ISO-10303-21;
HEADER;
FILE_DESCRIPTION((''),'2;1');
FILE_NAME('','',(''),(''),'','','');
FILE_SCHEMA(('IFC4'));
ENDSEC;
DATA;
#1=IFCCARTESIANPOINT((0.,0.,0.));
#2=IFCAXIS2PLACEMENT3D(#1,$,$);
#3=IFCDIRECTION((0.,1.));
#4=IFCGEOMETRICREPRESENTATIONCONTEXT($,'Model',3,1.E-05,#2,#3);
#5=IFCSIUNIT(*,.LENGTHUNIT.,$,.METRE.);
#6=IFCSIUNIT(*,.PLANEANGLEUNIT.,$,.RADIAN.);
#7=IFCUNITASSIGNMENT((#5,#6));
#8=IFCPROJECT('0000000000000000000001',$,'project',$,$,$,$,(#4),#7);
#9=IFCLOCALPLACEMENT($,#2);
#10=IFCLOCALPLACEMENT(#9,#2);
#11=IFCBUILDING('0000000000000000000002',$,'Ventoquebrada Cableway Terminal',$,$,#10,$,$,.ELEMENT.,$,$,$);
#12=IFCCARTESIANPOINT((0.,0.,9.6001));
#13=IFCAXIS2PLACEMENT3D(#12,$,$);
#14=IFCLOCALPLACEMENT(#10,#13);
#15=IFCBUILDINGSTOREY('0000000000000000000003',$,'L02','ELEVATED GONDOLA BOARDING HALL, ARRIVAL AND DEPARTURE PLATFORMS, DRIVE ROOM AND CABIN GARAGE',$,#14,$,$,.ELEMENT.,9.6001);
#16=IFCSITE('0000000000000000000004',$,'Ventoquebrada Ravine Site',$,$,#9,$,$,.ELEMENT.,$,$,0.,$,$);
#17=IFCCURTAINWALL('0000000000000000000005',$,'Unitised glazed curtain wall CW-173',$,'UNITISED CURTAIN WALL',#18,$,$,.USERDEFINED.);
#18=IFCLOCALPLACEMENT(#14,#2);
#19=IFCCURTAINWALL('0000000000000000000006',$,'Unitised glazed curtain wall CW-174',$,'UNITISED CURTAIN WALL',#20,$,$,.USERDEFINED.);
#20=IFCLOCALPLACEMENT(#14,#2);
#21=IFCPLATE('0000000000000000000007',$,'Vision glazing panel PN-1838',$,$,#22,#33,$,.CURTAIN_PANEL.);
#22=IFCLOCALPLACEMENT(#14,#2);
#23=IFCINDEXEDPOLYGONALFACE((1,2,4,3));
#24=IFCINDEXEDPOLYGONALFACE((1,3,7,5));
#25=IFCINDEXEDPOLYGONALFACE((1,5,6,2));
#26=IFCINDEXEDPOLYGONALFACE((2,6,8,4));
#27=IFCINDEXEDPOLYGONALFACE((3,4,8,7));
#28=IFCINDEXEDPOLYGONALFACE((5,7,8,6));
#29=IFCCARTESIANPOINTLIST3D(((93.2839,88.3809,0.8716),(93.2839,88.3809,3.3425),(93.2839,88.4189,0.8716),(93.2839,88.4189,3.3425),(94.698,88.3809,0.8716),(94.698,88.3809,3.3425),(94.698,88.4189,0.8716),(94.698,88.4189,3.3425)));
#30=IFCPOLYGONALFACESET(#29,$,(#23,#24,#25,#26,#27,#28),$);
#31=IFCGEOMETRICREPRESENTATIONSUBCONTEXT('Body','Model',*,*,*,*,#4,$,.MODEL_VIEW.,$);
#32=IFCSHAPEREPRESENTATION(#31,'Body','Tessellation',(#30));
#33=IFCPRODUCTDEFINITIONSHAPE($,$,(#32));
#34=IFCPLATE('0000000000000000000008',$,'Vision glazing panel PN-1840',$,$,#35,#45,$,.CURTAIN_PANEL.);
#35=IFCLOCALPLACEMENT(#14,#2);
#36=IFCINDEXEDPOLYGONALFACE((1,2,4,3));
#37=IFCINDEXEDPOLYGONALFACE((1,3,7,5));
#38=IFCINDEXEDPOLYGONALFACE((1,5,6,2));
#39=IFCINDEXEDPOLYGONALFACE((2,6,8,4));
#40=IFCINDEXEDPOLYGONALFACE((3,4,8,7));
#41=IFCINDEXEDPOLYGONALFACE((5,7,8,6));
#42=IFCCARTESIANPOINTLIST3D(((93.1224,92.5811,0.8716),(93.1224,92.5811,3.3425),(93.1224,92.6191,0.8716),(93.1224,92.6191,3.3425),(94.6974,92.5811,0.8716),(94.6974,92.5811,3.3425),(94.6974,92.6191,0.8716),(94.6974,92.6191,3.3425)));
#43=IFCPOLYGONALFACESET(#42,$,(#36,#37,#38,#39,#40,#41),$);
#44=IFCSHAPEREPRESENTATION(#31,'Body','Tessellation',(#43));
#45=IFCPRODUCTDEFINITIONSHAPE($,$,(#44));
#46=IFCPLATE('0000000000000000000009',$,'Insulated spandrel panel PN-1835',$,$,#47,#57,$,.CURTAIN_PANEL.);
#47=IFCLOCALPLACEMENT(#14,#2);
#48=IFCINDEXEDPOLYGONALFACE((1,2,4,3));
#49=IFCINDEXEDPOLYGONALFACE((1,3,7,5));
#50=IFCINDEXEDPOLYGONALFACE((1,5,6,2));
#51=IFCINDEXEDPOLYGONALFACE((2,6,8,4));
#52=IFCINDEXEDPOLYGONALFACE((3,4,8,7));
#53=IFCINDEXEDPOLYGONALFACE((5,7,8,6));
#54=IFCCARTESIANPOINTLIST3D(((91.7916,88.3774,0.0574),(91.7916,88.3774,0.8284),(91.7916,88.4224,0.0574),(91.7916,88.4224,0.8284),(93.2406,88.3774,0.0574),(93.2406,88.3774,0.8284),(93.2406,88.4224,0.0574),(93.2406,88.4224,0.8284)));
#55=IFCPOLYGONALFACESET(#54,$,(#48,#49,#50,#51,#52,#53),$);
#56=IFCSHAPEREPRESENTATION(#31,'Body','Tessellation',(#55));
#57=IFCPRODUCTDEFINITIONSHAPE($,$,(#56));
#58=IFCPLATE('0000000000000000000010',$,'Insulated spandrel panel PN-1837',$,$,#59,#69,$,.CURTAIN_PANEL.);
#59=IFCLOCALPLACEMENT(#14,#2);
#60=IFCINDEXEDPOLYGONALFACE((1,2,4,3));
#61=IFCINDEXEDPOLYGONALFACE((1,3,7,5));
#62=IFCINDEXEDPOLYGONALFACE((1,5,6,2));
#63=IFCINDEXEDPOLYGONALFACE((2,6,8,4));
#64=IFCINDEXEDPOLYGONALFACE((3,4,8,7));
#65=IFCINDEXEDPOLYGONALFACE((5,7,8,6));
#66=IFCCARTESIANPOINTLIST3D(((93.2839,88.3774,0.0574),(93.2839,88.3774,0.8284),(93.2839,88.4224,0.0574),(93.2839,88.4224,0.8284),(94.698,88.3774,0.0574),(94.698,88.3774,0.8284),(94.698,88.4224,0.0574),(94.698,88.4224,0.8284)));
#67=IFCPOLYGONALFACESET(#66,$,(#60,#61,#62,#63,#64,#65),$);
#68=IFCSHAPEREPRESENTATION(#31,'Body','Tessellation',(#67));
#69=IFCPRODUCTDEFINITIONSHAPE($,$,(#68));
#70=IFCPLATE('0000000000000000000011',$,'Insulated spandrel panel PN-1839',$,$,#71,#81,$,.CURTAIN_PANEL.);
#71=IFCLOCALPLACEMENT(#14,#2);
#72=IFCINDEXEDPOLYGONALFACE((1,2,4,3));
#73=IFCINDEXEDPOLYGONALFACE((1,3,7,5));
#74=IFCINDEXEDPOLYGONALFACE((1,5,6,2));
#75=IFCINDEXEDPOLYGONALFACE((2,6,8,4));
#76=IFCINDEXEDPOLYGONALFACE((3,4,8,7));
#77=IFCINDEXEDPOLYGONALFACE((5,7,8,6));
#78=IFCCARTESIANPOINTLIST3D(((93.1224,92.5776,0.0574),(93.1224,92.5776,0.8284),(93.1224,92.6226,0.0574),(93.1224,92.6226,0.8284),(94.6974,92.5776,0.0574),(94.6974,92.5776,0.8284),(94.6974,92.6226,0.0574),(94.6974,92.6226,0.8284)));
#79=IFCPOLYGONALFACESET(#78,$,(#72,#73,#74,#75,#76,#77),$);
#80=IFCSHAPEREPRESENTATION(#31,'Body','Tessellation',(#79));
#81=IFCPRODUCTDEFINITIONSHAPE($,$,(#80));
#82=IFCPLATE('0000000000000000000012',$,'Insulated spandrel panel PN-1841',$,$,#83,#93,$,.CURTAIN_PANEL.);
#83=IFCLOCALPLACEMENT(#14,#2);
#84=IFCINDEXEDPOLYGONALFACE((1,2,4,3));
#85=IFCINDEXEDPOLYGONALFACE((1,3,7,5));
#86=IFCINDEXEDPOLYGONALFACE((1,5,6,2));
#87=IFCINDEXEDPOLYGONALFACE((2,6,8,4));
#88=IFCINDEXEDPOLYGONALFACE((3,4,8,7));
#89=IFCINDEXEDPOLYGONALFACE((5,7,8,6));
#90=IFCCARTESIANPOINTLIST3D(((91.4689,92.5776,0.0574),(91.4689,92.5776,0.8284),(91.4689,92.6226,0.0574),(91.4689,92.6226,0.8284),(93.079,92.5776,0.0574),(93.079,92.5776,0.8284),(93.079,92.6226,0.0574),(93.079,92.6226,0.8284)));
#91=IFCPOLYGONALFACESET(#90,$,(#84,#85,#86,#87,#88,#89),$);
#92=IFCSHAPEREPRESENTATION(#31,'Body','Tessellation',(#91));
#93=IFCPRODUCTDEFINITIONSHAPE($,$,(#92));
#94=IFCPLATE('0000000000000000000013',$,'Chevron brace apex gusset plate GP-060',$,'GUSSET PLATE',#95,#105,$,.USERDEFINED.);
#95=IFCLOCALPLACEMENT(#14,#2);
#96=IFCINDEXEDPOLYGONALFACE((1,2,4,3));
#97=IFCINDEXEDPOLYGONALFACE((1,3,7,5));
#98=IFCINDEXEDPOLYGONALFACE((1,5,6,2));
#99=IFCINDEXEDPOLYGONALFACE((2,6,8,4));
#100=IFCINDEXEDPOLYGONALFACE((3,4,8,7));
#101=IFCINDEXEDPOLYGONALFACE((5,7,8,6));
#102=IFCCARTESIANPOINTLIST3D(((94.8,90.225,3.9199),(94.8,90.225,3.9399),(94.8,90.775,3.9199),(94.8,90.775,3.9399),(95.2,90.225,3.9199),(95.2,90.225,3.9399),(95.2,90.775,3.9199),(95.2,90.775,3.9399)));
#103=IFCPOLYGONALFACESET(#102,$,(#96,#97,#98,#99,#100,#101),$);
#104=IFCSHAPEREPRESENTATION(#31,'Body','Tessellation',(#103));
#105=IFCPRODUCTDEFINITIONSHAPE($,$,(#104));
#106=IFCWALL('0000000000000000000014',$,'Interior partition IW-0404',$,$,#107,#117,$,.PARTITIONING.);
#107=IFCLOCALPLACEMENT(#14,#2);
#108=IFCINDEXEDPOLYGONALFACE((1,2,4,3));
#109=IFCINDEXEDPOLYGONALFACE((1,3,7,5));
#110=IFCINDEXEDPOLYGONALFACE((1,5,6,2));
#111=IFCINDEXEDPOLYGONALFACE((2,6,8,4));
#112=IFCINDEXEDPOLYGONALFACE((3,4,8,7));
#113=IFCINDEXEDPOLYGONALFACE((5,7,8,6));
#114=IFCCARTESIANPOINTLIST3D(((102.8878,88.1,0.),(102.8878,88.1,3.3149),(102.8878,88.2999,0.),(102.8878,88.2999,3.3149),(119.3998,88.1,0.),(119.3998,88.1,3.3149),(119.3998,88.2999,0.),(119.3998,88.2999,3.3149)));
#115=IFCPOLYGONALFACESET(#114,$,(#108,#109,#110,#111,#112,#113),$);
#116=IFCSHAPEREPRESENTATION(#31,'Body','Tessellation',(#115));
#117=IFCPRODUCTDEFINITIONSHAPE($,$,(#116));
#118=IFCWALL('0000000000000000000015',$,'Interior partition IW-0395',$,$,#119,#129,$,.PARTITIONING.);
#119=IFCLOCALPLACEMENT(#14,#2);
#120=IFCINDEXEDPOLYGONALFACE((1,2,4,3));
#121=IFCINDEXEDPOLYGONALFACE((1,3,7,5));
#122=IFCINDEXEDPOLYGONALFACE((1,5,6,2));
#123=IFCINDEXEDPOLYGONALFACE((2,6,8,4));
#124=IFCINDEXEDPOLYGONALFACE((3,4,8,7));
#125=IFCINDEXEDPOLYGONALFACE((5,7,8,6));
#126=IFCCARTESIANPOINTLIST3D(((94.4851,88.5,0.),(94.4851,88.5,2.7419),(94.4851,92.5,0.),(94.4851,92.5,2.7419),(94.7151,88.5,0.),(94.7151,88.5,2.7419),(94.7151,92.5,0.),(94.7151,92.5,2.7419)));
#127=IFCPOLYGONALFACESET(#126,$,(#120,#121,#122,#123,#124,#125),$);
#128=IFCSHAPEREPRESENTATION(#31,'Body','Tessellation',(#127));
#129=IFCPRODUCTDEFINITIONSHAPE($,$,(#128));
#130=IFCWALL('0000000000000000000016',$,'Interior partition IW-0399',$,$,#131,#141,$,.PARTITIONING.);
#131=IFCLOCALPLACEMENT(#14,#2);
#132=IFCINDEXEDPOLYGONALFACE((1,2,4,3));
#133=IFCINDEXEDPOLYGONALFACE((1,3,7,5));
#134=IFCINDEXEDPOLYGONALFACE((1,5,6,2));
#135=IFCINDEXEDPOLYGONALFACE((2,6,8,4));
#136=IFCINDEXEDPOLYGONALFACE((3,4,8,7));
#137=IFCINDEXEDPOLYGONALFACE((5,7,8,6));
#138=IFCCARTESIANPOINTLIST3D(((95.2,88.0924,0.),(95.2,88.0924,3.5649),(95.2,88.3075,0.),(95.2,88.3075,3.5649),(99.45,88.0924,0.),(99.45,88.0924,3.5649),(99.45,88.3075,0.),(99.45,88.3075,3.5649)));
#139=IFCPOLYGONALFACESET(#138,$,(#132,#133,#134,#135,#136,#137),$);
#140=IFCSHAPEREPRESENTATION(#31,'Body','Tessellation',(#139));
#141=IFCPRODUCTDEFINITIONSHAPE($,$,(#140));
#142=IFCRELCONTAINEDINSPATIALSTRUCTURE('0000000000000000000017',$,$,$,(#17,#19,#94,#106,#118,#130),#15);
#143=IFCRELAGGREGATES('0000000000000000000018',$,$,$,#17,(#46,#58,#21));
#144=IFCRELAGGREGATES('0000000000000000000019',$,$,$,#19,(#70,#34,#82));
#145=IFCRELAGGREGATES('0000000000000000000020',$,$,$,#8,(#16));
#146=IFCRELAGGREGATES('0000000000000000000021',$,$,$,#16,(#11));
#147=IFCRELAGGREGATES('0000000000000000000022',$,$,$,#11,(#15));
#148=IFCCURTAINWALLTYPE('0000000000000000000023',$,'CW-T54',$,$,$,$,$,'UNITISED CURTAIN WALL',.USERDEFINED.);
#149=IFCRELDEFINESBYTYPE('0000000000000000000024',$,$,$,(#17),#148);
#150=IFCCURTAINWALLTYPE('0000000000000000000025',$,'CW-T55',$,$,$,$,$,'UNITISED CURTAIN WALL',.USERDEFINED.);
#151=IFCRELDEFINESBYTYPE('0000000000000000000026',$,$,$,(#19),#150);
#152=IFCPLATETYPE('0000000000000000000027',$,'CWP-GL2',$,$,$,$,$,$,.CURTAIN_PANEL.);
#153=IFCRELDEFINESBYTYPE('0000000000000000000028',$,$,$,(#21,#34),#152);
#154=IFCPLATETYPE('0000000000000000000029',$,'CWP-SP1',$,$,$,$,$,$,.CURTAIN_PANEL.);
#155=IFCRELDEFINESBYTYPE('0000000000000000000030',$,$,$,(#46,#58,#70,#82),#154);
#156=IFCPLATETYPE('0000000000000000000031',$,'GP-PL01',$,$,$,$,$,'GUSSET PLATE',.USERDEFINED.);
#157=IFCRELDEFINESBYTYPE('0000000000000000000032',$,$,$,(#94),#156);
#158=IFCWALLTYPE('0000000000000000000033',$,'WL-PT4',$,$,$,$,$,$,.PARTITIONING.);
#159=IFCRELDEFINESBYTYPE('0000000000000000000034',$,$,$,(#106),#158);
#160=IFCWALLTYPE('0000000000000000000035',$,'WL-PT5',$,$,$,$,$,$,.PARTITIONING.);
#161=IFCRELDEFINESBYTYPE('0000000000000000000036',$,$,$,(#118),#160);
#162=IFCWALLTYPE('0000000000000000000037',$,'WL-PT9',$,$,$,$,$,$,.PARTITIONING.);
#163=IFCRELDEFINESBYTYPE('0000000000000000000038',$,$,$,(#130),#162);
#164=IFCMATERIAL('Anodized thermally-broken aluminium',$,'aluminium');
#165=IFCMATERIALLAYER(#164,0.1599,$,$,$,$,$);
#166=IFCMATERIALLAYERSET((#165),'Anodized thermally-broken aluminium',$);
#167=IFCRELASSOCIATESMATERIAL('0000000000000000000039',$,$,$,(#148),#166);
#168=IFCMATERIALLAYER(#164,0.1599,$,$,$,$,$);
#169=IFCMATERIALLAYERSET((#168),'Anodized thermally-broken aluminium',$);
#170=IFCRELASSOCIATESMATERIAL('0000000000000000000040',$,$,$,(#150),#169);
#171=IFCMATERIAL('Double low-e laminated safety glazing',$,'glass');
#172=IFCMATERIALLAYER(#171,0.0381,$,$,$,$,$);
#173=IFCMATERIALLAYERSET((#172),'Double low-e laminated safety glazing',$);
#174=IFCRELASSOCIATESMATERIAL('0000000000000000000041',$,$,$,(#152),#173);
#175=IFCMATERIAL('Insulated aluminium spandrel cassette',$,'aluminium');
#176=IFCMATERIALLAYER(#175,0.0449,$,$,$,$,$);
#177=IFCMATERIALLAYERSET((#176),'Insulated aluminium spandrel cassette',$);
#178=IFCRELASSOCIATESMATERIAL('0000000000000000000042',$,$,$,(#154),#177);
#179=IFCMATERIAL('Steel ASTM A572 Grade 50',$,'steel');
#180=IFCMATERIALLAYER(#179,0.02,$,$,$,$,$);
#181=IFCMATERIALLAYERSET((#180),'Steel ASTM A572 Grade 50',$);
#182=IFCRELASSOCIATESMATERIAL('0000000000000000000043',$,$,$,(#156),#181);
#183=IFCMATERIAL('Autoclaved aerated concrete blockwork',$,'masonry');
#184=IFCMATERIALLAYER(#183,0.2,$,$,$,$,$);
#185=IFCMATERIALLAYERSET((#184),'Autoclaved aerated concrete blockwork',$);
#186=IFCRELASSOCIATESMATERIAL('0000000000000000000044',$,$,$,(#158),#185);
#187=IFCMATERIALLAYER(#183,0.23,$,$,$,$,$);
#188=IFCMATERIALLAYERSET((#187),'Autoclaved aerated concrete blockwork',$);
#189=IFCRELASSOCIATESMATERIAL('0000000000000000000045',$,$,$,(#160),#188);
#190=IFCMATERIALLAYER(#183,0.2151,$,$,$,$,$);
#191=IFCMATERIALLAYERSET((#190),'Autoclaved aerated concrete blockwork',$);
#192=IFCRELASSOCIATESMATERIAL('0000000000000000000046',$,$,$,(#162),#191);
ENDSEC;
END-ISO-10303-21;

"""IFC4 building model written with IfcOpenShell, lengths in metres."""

from ifc_helpers import new_model, si_unit, direction, frame, frame_2d, origin, origin_2d, place, context, subcontext, project, spatial, rectangle, extrude, material, layer, layer_set, type_object, element, aggregate, save


model = new_model("IFC4")

# Units and contexts
model_context = context("Model", 3, precision=1e-05, world=origin(), true_north=direction((0.0, 1.0)))
body_context = subcontext(model_context, "Body", "Model", "MODEL_VIEW")
ifc_project = project(units=[si_unit("LENGTHUNIT", "METRE"), si_unit("PLANEANGLEUNIT", "RADIAN")], contexts=[model_context])

# Site, building, storey
site_placement = place(None, origin())
site = spatial("IfcSite", under=ifc_project, at=site_placement, Name="Ventoquebrada Ravine Site", CompositionType="ELEMENT", RefElevation=0.0)
building_placement = place(site_placement, origin())
building = spatial("IfcBuilding", under=site, at=building_placement, Name="Ventoquebrada Cableway Terminal", CompositionType="ELEMENT")
storey_placement = place(building_placement, frame((0.0, 0.0, 9.6001)))
storey = spatial("IfcBuildingStorey", under=building, at=storey_placement, Name="L02", Description="ELEVATED GONDOLA BOARDING HALL, ARRIVAL AND DEPARTURE PLATFORMS, DRIVE ROOM AND CABIN GARAGE", CompositionType="ELEMENT", Elevation=9.6001)

# Curtain walls
ifc_material_1 = material(Name="Anodized thermally-broken aluminium", Category="aluminium")
ifc_layer_1 = layer(ifc_material_1, 0.1599)
ifc_layer_set_1 = layer_set([ifc_layer_1], Name="Anodized thermally-broken aluminium")
curtain_wall_type_1 = type_object("IfcCurtainWallType", Name="CW-T54", ElementType="UNITISED CURTAIN WALL", PredefinedType="USERDEFINED", material=ifc_layer_set_1)
curtain_wall_1_placement = place(storey_placement, origin())
curtain_wall_1 = element("IfcCurtainWall", 1, at=curtain_wall_1_placement, inside=storey, type_object=curtain_wall_type_1, Name="Unitised glazed curtain wall CW-173", ObjectType="UNITISED CURTAIN WALL", PredefinedType="USERDEFINED")
ifc_layer_2 = layer(ifc_material_1, 0.1599)
ifc_layer_set_2 = layer_set([ifc_layer_2], Name="Anodized thermally-broken aluminium")
curtain_wall_type_2 = type_object("IfcCurtainWallType", Name="CW-T55", ElementType="UNITISED CURTAIN WALL", PredefinedType="USERDEFINED", material=ifc_layer_set_2)
curtain_wall_2_placement = place(storey_placement, origin())
curtain_wall_2 = element("IfcCurtainWall", 2, at=curtain_wall_2_placement, inside=storey, type_object=curtain_wall_type_2, Name="Unitised glazed curtain wall CW-174", ObjectType="UNITISED CURTAIN WALL", PredefinedType="USERDEFINED")

# Plates
ifc_material_2 = material(Name="Double low-e laminated safety glazing", Category="glass")
ifc_layer_3 = layer(ifc_material_2, 0.0381)
ifc_layer_set_3 = layer_set([ifc_layer_3], Name="Double low-e laminated safety glazing")
plate_type_1 = type_object("IfcPlateType", Name="CWP-GL2", PredefinedType="CURTAIN_PANEL", material=ifc_layer_set_3)
plate_1_placement = place(storey_placement, frame((93.991, 88.3999, 0.8716), z_axis=(0.0, 0.0, 1.0), x_axis=(1.0, 0.0, 0.0)))
plate_1 = element("IfcPlate", 3, at=plate_1_placement, type_object=plate_type_1, Name="Vision glazing panel PN-1838", PredefinedType="CURTAIN_PANEL", context=body_context, shape_type="SweptSolid", body=[
    extrude(rectangle(XDim=1.4141, YDim=0.0381, at=origin_2d()), origin(), (0.0, 0.0, 1.0), 2.4709),
])
plate_2_placement = place(storey_placement, frame((93.9099, 92.6001, 0.8716), z_axis=(0.0, 0.0, 1.0), x_axis=(-1.0, 0.0, 0.0)))
plate_2 = element("IfcPlate", 4, at=plate_2_placement, type_object=plate_type_1, Name="Vision glazing panel PN-1840", PredefinedType="CURTAIN_PANEL", context=body_context, shape_type="SweptSolid", body=[
    extrude(rectangle(XDim=1.575, YDim=0.0381, at=origin_2d()), origin(), (0.0, 0.0, 1.0), 2.4709),
])
ifc_material_3 = material(Name="Insulated aluminium spandrel cassette", Category="aluminium")
ifc_layer_4 = layer(ifc_material_3, 0.0449)
ifc_layer_set_4 = layer_set([ifc_layer_4], Name="Insulated aluminium spandrel cassette")
plate_type_2 = type_object("IfcPlateType", Name="CWP-SP1", PredefinedType="CURTAIN_PANEL", material=ifc_layer_set_4)
plate_3_placement = place(storey_placement, frame((92.5161, 88.3999, 0.0574), z_axis=(0.0, 0.0, 1.0), x_axis=(1.0, 0.0, 0.0)))
plate_3 = element("IfcPlate", 5, at=plate_3_placement, type_object=plate_type_2, Name="Insulated spandrel panel PN-1835", PredefinedType="CURTAIN_PANEL", context=body_context, shape_type="SweptSolid", body=[
    extrude(rectangle(XDim=1.449, YDim=0.0449, at=origin_2d()), origin(), (0.0, 0.0, 1.0), 0.771),
])
plate_4_placement = place(storey_placement, frame((93.991, 88.3999, 0.0574), z_axis=(0.0, 0.0, 1.0), x_axis=(1.0, 0.0, 0.0)))
plate_4 = element("IfcPlate", 6, at=plate_4_placement, type_object=plate_type_2, Name="Insulated spandrel panel PN-1837", PredefinedType="CURTAIN_PANEL", context=body_context, shape_type="SweptSolid", body=[
    extrude(rectangle(XDim=1.4141, YDim=0.0449, at=origin_2d()), origin(), (0.0, 0.0, 1.0), 0.771),
])
aggregate(curtain_wall_1, [plate_3, plate_4, plate_1])
plate_5_placement = place(storey_placement, frame((93.9099, 92.6001, 0.0574), z_axis=(0.0, 0.0, 1.0), x_axis=(-1.0, 0.0, 0.0)))
plate_5 = element("IfcPlate", 7, at=plate_5_placement, type_object=plate_type_2, Name="Insulated spandrel panel PN-1839", PredefinedType="CURTAIN_PANEL", context=body_context, shape_type="SweptSolid", body=[
    extrude(rectangle(XDim=1.575, YDim=0.0449, at=origin_2d()), origin(), (0.0, 0.0, 1.0), 0.771),
])
plate_6_placement = place(storey_placement, frame((92.2739, 92.6001, 0.0574), z_axis=(0.0, 0.0, 1.0), x_axis=(-1.0, 0.0, 0.0)))
plate_6 = element("IfcPlate", 8, at=plate_6_placement, type_object=plate_type_2, Name="Insulated spandrel panel PN-1841", PredefinedType="CURTAIN_PANEL", context=body_context, shape_type="SweptSolid", body=[
    extrude(rectangle(XDim=1.6101, YDim=0.0449, at=origin_2d()), origin(), (0.0, 0.0, 1.0), 0.771),
])
aggregate(curtain_wall_2, [plate_5, plate_2, plate_6])
ifc_material_4 = material(Name="Steel ASTM A572 Grade 50", Category="steel")
ifc_layer_5 = layer(ifc_material_4, 0.02)
ifc_layer_set_5 = layer_set([ifc_layer_5], Name="Steel ASTM A572 Grade 50")
plate_type_3 = type_object("IfcPlateType", Name="GP-PL01", ElementType="GUSSET PLATE", PredefinedType="USERDEFINED", material=ifc_layer_set_5)
plate_7_placement = place(storey_placement, frame((95.0, 90.5, 3.9199), z_axis=(0.0, 0.0, 1.0), x_axis=(0.0, 1.0, 0.0)))
element("IfcPlate", 9, at=plate_7_placement, inside=storey, type_object=plate_type_3, Name="Chevron brace apex gusset plate GP-060", ObjectType="GUSSET PLATE", PredefinedType="USERDEFINED", context=body_context, shape_type="SweptSolid", body=[
    extrude(rectangle(XDim=0.55, YDim=0.3999, at=origin_2d()), origin(), (0.0, 0.0, 1.0), 0.02),
])

# Walls
ifc_material_5 = material(Name="Autoclaved aerated concrete blockwork", Category="masonry")
ifc_layer_6 = layer(ifc_material_5, 0.2)
ifc_layer_set_6 = layer_set([ifc_layer_6], Name="Autoclaved aerated concrete blockwork")
wall_type_1 = type_object("IfcWallType", Name="WL-PT4", PredefinedType="PARTITIONING", material=ifc_layer_set_6)
wall_1_placement = place(storey_placement, frame((102.8879, 88.2, 0.0), z_axis=(0.0, 0.0, 1.0), x_axis=(1.0, 0.0, 0.0)))
element("IfcWall", 10, at=wall_1_placement, inside=storey, type_object=wall_type_1, Name="Interior partition IW-0404", PredefinedType="PARTITIONING", context=body_context, shape_type="SweptSolid", body=[
    extrude(rectangle(XDim=16.512, YDim=0.2, at=frame_2d((8.2559, 0.0))), origin(), (0.0, 0.0, 1.0), 3.3149),
])
ifc_layer_7 = layer(ifc_material_5, 0.23)
ifc_layer_set_7 = layer_set([ifc_layer_7], Name="Autoclaved aerated concrete blockwork")
wall_type_2 = type_object("IfcWallType", Name="WL-PT5", PredefinedType="PARTITIONING", material=ifc_layer_set_7)
wall_2_placement = place(storey_placement, frame((94.6001, 88.5, 0.0), z_axis=(0.0, 0.0, 1.0), x_axis=(0.0, 1.0, 0.0)))
element("IfcWall", 11, at=wall_2_placement, inside=storey, type_object=wall_type_2, Name="Interior partition IW-0395", PredefinedType="PARTITIONING", context=body_context, shape_type="SweptSolid", body=[
    extrude(rectangle(XDim=4.0, YDim=0.23, at=frame_2d((2.0, 0.0))), origin(), (0.0, 0.0, 1.0), 2.7419),
])
ifc_layer_8 = layer(ifc_material_5, 0.2151)
ifc_layer_set_8 = layer_set([ifc_layer_8], Name="Autoclaved aerated concrete blockwork")
wall_type_3 = type_object("IfcWallType", Name="WL-PT9", PredefinedType="PARTITIONING", material=ifc_layer_set_8)
wall_3_placement = place(storey_placement, frame((95.2, 88.2, 0.0), z_axis=(0.0, 0.0, 1.0), x_axis=(1.0, 0.0, 0.0)))
element("IfcWall", 12, at=wall_3_placement, inside=storey, type_object=wall_type_3, Name="Interior partition IW-0399", PredefinedType="PARTITIONING", context=body_context, shape_type="SweptSolid", body=[
    extrude(rectangle(XDim=4.25, YDim=0.2151, at=frame_2d((2.125, 0.0))), origin(), (0.0, 0.0, 1.0), 3.5649),
])

save(model, "model.ifc")
